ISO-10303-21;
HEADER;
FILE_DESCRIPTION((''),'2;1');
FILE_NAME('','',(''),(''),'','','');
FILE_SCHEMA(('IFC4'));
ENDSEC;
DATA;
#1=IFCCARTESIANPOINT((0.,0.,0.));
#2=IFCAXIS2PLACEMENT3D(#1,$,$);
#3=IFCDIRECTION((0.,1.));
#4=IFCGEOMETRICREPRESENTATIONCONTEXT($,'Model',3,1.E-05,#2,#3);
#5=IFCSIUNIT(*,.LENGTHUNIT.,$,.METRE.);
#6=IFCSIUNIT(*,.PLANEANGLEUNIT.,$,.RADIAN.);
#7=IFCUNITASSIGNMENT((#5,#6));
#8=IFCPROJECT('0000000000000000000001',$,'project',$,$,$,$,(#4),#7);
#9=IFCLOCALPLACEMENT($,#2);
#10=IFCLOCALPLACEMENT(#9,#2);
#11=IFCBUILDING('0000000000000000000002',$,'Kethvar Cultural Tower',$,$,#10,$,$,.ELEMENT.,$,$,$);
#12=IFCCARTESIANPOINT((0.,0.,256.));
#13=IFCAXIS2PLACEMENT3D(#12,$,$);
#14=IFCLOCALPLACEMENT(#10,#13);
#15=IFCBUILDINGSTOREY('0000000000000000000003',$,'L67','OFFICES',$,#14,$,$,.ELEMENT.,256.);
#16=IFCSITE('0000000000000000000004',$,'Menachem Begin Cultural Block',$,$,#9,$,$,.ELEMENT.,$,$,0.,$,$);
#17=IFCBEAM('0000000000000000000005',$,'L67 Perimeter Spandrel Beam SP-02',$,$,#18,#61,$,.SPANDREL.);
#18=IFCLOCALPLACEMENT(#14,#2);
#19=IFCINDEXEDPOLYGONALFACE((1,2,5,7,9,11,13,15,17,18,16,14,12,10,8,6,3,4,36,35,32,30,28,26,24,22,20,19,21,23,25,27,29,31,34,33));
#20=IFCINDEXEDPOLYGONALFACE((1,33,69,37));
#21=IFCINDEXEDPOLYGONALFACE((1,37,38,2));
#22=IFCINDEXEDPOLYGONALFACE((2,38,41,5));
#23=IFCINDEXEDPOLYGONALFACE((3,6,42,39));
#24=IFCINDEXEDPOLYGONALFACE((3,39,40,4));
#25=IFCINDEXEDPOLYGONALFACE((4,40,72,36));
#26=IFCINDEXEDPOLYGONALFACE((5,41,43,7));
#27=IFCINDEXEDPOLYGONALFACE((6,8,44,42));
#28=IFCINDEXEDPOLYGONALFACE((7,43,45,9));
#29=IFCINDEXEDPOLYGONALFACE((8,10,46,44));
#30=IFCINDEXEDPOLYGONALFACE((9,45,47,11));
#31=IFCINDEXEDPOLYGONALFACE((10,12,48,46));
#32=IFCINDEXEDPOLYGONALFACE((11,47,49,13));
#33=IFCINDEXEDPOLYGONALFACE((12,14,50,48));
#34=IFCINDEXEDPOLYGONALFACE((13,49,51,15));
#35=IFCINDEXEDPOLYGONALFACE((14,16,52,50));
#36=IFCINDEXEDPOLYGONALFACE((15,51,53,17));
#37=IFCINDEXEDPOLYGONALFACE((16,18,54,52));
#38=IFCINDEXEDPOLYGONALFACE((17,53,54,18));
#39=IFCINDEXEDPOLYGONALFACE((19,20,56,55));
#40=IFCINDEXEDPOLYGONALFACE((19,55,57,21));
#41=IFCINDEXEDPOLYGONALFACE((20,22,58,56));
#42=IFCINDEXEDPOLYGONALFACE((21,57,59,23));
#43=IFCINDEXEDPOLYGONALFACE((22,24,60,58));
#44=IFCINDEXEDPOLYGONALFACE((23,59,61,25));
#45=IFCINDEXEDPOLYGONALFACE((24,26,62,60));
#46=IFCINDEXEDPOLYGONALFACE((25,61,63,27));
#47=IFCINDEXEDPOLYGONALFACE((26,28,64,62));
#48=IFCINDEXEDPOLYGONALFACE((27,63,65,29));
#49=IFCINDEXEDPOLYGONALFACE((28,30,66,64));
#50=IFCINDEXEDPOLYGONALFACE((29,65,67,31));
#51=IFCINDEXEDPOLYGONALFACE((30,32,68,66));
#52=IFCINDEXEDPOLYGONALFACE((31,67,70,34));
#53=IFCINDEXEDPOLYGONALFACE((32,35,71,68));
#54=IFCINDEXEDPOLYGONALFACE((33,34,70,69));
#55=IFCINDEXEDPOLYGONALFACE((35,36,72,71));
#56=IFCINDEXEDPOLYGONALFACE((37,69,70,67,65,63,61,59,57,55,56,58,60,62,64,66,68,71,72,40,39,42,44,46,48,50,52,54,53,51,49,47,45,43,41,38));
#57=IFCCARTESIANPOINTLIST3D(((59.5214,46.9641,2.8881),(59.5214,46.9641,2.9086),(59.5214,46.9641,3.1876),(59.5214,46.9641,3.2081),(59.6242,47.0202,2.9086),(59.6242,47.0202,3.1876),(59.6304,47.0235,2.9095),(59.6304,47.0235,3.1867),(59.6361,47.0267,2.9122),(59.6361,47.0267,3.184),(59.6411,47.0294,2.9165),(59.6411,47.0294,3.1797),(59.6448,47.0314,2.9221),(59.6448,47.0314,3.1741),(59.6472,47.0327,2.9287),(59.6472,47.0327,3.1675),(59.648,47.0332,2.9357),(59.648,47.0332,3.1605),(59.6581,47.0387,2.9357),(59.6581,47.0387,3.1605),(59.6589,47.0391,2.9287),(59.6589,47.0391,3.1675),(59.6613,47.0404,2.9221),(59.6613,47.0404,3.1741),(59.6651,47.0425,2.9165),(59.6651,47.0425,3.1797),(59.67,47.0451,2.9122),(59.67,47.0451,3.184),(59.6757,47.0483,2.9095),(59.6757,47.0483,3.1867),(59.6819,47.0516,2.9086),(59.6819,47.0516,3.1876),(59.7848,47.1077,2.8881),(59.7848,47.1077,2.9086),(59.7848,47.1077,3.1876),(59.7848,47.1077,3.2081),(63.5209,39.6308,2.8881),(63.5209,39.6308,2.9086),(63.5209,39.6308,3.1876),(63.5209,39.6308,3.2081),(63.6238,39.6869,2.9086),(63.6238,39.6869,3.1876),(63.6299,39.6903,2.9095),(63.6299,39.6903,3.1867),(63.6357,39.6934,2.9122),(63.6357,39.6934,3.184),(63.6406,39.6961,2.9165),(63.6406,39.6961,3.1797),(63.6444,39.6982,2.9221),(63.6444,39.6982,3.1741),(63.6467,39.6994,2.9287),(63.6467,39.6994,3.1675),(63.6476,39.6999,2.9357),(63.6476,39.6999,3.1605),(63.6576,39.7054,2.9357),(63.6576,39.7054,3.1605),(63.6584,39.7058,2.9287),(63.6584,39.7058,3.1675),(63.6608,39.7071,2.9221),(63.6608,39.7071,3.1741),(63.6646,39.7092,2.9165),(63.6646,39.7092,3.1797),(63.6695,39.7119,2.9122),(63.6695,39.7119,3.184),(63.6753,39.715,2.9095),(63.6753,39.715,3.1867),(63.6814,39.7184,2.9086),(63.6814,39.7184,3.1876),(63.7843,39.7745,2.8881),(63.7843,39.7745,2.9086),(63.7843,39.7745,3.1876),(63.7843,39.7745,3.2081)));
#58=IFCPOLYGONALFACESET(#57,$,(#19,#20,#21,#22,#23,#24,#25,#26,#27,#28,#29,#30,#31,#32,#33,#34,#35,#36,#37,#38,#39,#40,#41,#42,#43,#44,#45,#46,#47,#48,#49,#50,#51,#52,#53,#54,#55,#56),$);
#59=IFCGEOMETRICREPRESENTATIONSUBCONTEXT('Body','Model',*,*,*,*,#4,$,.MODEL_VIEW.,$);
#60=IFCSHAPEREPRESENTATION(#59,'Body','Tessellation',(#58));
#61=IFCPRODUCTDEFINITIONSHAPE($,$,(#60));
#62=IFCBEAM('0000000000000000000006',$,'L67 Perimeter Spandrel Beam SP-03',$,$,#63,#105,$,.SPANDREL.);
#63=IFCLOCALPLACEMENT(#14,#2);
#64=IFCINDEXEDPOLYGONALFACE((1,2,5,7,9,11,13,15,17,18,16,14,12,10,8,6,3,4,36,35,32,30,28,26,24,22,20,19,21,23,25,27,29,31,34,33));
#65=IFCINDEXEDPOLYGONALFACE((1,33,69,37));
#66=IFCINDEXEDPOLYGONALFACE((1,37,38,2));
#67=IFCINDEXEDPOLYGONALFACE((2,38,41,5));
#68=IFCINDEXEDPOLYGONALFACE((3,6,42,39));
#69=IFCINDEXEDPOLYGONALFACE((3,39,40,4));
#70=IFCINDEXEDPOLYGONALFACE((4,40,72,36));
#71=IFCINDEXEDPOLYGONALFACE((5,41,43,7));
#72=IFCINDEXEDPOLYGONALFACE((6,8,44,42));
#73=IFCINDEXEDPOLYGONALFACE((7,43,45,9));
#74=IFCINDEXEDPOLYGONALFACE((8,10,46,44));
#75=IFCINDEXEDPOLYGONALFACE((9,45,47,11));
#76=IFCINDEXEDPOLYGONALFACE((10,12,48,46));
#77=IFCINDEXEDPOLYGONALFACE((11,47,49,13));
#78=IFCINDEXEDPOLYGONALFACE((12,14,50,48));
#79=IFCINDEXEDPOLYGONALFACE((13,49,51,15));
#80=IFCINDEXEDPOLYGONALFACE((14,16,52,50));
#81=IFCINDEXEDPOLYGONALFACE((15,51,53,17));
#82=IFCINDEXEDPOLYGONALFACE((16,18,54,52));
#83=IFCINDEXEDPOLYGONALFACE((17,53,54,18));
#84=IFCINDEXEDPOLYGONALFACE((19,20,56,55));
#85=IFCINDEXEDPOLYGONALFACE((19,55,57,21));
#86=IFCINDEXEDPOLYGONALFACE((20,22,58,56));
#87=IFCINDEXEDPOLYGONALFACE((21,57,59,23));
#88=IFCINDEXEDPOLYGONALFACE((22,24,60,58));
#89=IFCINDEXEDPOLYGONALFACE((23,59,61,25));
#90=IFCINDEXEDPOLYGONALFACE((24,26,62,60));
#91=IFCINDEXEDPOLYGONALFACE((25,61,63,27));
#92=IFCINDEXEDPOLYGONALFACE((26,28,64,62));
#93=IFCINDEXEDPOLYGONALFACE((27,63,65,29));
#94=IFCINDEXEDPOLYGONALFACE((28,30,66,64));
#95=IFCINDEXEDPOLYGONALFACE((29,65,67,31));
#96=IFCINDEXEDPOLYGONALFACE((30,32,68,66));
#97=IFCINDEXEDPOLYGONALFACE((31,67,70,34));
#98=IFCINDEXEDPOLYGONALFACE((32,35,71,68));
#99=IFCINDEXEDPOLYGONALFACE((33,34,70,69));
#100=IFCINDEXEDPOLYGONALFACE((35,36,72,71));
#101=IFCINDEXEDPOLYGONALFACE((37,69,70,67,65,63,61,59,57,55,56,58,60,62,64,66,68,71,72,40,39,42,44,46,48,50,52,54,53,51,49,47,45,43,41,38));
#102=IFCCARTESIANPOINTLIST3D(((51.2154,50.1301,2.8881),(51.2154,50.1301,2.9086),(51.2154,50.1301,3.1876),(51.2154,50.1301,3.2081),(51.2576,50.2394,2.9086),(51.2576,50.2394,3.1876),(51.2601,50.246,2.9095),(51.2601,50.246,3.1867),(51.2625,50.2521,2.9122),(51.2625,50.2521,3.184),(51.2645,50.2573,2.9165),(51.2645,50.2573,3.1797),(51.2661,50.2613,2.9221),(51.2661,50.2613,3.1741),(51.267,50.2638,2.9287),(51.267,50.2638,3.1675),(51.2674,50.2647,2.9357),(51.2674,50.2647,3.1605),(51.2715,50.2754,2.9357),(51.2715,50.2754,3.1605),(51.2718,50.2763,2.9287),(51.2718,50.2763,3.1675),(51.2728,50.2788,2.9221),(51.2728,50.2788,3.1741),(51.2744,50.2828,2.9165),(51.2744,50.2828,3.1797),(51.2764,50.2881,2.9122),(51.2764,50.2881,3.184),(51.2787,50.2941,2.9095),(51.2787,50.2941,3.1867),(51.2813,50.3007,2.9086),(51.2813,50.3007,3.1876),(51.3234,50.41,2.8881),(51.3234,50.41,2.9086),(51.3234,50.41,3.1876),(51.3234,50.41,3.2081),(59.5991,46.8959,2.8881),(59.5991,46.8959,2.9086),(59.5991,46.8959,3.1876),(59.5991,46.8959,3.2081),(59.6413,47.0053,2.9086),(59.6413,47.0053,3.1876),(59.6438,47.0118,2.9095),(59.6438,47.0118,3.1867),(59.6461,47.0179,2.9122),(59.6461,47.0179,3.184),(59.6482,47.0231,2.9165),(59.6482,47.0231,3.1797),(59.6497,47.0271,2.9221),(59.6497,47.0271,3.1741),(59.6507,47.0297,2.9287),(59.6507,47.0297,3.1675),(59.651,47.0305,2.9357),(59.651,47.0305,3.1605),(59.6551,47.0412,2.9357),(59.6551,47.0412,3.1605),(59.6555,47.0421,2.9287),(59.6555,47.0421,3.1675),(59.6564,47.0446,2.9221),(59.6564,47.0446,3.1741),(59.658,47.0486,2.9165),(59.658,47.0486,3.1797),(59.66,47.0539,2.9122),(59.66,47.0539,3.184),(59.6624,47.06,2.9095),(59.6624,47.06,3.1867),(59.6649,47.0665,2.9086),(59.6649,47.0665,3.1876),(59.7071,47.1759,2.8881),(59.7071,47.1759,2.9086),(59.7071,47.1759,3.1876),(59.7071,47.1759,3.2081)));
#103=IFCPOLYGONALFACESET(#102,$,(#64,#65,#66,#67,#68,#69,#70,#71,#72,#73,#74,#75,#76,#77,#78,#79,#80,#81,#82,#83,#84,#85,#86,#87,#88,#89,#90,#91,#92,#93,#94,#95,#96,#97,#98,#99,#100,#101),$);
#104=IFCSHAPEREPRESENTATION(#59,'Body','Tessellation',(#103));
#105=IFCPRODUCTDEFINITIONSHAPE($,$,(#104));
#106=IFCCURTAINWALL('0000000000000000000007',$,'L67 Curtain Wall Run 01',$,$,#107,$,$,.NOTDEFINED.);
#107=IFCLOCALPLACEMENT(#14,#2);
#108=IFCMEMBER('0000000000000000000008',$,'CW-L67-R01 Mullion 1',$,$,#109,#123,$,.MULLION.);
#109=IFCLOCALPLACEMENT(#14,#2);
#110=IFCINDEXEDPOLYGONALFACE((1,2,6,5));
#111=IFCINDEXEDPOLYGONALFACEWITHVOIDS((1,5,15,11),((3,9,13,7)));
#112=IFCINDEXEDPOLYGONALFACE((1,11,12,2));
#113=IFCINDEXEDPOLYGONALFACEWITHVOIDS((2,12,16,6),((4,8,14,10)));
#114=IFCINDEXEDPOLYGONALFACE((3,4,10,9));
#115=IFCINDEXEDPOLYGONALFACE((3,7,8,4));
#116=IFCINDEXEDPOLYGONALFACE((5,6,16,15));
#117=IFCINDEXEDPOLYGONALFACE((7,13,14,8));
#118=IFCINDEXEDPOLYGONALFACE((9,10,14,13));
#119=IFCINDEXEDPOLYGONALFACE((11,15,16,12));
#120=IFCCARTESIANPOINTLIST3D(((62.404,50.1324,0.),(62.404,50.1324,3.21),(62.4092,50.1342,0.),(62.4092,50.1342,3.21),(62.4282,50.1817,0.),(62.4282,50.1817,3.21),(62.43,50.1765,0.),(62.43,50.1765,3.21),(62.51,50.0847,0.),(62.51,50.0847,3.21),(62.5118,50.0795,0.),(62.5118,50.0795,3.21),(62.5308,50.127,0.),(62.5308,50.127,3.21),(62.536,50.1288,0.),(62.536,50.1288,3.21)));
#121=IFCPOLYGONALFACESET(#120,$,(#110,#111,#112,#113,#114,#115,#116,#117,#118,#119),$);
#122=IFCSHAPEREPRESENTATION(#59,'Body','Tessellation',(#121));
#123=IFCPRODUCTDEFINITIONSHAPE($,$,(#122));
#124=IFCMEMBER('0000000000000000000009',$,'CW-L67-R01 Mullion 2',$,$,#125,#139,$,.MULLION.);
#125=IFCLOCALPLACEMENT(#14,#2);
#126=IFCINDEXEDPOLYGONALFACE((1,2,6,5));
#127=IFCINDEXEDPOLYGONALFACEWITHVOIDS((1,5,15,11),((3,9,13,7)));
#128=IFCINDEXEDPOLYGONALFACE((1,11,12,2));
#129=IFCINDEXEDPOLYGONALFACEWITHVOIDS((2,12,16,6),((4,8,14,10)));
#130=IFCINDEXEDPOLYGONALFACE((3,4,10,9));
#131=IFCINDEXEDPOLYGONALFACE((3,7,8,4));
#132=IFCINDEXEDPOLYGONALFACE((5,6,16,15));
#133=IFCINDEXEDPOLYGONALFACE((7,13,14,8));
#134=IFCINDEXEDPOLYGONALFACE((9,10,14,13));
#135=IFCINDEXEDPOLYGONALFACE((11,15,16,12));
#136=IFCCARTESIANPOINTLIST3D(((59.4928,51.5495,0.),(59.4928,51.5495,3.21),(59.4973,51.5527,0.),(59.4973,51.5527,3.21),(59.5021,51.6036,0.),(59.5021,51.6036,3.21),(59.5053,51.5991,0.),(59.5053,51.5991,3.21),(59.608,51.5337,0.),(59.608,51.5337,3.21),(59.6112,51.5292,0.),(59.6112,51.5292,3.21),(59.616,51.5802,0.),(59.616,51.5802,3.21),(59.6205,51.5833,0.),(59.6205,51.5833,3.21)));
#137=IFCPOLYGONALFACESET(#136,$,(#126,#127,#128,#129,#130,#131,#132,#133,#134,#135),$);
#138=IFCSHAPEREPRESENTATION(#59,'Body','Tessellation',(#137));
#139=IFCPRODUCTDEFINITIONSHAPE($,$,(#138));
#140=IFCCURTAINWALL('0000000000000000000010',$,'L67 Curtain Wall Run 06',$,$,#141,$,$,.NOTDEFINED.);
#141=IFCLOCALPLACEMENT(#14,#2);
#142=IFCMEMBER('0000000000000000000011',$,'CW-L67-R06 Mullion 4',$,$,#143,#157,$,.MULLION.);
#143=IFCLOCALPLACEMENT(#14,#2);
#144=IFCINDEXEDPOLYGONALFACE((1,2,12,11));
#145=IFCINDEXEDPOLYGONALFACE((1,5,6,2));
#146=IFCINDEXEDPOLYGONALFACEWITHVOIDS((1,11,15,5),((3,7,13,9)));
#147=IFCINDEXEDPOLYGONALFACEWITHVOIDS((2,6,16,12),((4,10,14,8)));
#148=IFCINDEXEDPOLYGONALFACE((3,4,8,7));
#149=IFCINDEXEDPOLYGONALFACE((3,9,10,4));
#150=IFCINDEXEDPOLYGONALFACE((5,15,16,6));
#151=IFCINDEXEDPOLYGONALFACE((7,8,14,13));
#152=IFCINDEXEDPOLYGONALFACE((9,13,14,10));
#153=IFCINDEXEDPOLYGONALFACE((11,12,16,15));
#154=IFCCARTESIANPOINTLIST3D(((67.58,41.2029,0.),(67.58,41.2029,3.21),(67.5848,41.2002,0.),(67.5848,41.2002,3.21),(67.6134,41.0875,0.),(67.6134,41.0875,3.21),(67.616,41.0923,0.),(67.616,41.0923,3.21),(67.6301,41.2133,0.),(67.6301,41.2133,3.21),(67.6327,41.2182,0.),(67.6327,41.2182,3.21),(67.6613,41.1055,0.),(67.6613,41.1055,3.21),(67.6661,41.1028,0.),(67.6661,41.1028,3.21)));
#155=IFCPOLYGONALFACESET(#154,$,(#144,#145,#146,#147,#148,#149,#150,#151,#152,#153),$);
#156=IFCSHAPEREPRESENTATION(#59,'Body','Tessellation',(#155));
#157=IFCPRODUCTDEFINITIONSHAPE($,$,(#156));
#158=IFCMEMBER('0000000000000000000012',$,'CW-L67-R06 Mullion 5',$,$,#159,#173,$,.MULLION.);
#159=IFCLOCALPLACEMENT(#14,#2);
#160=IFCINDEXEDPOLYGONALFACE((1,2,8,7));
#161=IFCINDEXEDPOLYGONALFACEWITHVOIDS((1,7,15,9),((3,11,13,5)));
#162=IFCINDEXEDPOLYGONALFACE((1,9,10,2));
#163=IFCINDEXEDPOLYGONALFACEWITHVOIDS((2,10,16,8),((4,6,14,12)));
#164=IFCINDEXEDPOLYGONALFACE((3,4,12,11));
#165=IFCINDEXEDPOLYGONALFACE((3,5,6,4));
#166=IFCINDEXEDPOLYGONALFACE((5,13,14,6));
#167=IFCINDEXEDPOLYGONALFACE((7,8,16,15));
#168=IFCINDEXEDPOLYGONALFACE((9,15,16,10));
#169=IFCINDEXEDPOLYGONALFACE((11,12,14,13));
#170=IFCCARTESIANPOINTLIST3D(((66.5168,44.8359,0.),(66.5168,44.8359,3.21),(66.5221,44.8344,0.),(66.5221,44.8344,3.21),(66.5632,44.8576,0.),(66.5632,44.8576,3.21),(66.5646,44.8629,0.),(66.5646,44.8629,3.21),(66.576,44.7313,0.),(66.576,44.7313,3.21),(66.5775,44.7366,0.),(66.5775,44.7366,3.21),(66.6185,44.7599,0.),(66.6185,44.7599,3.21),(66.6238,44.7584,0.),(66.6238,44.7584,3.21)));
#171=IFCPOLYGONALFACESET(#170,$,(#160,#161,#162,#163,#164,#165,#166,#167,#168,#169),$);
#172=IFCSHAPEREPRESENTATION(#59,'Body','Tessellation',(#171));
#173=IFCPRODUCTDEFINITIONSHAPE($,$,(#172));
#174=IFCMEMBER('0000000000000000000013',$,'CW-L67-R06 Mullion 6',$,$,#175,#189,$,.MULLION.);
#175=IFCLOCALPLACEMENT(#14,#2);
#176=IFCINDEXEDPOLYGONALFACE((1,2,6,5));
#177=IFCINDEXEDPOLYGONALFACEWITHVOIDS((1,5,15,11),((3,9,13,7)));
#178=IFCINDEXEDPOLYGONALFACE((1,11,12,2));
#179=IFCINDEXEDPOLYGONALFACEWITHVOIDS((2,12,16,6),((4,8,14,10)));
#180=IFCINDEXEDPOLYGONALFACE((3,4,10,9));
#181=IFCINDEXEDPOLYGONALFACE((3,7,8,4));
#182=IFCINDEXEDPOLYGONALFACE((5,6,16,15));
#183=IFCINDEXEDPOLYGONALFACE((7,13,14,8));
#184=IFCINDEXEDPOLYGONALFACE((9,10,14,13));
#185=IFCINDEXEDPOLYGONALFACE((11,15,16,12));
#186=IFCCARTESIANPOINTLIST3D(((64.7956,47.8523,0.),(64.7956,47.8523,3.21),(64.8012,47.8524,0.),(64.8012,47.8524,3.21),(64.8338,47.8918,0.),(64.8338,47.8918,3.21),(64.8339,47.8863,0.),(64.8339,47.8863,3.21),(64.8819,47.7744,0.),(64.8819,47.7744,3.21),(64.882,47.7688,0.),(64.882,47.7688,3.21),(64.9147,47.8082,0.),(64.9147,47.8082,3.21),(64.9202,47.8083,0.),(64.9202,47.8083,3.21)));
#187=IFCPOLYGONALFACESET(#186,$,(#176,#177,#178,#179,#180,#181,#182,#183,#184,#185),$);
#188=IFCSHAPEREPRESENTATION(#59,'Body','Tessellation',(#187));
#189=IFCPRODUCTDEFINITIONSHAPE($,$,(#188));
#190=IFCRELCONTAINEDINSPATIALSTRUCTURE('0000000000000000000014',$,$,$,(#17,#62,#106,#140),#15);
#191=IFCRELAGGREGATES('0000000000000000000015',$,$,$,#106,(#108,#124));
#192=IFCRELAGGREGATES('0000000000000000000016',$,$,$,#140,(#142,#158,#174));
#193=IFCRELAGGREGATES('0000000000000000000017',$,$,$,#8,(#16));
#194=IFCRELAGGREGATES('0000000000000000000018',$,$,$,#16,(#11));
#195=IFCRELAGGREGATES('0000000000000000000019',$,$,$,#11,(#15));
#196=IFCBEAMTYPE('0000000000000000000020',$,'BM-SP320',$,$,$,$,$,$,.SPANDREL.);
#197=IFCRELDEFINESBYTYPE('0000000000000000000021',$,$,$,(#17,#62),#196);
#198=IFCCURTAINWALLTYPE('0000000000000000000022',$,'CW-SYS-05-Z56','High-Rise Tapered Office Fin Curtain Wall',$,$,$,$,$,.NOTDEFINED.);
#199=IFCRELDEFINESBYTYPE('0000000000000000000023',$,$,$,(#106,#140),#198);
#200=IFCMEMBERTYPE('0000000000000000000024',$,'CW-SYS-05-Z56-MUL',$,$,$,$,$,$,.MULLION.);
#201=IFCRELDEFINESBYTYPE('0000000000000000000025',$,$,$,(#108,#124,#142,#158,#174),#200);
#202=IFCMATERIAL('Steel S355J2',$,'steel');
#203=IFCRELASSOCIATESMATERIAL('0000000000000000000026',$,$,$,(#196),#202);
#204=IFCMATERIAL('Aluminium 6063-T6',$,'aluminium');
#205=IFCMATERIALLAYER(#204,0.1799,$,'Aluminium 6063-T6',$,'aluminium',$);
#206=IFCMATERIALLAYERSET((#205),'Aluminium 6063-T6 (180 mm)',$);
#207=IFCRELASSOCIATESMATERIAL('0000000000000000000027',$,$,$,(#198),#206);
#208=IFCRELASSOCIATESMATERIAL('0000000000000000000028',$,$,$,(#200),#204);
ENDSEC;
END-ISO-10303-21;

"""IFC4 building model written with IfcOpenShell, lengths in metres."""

from ifc_helpers import new_model, si_unit, direction, frame, origin, origin_2d, place, context, subcontext, project, spatial, hollow_rectangle, i_section, extrude, source, transform, mapped, material, layer, layer_set, material_profile, profile_set, type_object, element, aggregate, save


model = new_model("IFC4")

# Units and contexts
model_context = context("Model", 3, precision=1e-05, world=origin(), true_north=direction((0.0, 1.0)))
body_context = subcontext(model_context, "Body", "Model", "MODEL_VIEW")
ifc_project = project(units=[si_unit("LENGTHUNIT", "METRE"), si_unit("PLANEANGLEUNIT", "RADIAN")], contexts=[model_context])

# Site, building, storey
site_placement = place(None, origin())
site = spatial("IfcSite", under=ifc_project, at=site_placement, Name="Menachem Begin Cultural Block", CompositionType="ELEMENT", RefElevation=0.0)
building_placement = place(site_placement, origin())
building = spatial("IfcBuilding", under=site, at=building_placement, Name="Kethvar Cultural Tower", CompositionType="ELEMENT")
storey_placement = place(building_placement, frame((0.0, 0.0, 256.0)))
storey = spatial("IfcBuildingStorey", under=building, at=storey_placement, Name="L67", Description="OFFICES", CompositionType="ELEMENT", Elevation=256.0)

# Beams
ifc_material_1 = material(Name="Steel S355J2", Category="steel")
ifc_material_profile_1 = material_profile(ifc_material_1, i_section(OverallWidth=0.3, OverallDepth=0.3201, WebThickness=0.0115, FlangeThickness=0.0205, FilletRadius=0.0271, at=origin_2d()), Name="Steel S355J2 — HEB320")
ifc_profile_set_1 = profile_set([ifc_material_profile_1], Name="Steel S355J2 — HEB320")
beam_type = type_object("IfcBeamType", Name="BM-SP320", PredefinedType="SPANDREL", material=ifc_profile_set_1)
shared_shape_1 = source(origin(), body_context, "Body", "SweptSolid", [
    extrude(i_section(OverallWidth=0.3, OverallDepth=0.3201, WebThickness=0.0115, FlangeThickness=0.0205, FilletRadius=0.0271, at=origin_2d()), origin(), (0.0, 0.0, 1.0), 8.353),
])
beam_1_placement = place(storey_placement, frame((63.6526, 39.7026, 3.0481), z_axis=(-0.478811, 0.877918, 0.0), x_axis=(-0.877918, -0.478811, 0.0)))
element("IfcBeam", 1, at=beam_1_placement, inside=storey, type_object=beam_type, Name="L67 Perimeter Spandrel Beam SP-02", PredefinedType="SPANDREL", context=body_context, shape_type="MappedRepresentation", body=[
    mapped(shared_shape_1, transform((0.0, 0.0, 0.0), scale=1.0)),
])
shared_shape_2 = source(origin(), body_context, "Body", "SweptSolid", [
    extrude(i_section(OverallWidth=0.3, OverallDepth=0.3201, WebThickness=0.0115, FlangeThickness=0.0205, FilletRadius=0.0271, at=origin_2d()), origin(), (0.0, 0.0, 1.0), 8.9858),
])
beam_2_placement = place(storey_placement, frame((59.6531, 47.0359, 3.0481), z_axis=(-0.932984, 0.359918, 0.0), x_axis=(-0.359918, -0.932984, 0.0)))
element("IfcBeam", 2, at=beam_2_placement, inside=storey, type_object=beam_type, Name="L67 Perimeter Spandrel Beam SP-03", PredefinedType="SPANDREL", context=body_context, shape_type="MappedRepresentation", body=[
    mapped(shared_shape_2, transform((0.0, 0.0, 0.0), scale=1.0)),
])

# Curtain walls, members
ifc_material_2 = material(Name="Aluminium 6063-T6", Category="aluminium")
ifc_layer_1 = layer(ifc_material_2, 0.1799, Name="Aluminium 6063-T6", Category="aluminium")
ifc_layer_set_1 = layer_set([ifc_layer_1], Name="Aluminium 6063-T6 (180 mm)")
curtain_wall_type = type_object("IfcCurtainWallType", Name="CW-SYS-05-Z56", Description="High-Rise Tapered Office Fin Curtain Wall", PredefinedType="NOTDEFINED", material=ifc_layer_set_1)
curtain_wall_1_placement = place(storey_placement, origin())
curtain_wall_1 = element("IfcCurtainWall", 3, at=curtain_wall_1_placement, inside=storey, type_object=curtain_wall_type, Name="L67 Curtain Wall Run 01", PredefinedType="NOTDEFINED")
ifc_material_profile_2 = material_profile(ifc_material_2, hollow_rectangle(XDim=0.0549, YDim=0.1201, WallThickness=0.0039, at=origin_2d()), Name="Aluminium 6063-T6 — RHS120x55x4")
ifc_profile_set_2 = profile_set([ifc_material_profile_2], Name="Aluminium 6063-T6 — RHS120x55x4")
member_type_1 = type_object("IfcMemberType", Name="CW-SYS-05-Z56-MUL", PredefinedType="MULLION", material=ifc_profile_set_2)
shared_shape_3 = source(origin(), body_context, "Body", "SweptSolid", [
    extrude(hollow_rectangle(XDim=0.0549, YDim=0.1201, WallThickness=0.0039, at=origin_2d()), origin(), (0.0, 0.0, 1.0), 3.21),
])
member_1_placement = place(storey_placement, frame((62.47, 50.1306, 0.0), z_axis=(0.0, 0.0, 1.0), x_axis=(-0.440942, -0.897536, 0.0)))
member_1 = element("IfcMember", 4, at=member_1_placement, type_object=member_type_1, Name="CW-L67-R01 Mullion 1", PredefinedType="MULLION", context=body_context, shape_type="MappedRepresentation", body=[
    mapped(shared_shape_3, transform((0.0, 0.0, 0.0), scale=1.0)),
])
member_2_placement = place(storey_placement, frame((59.5566, 51.5664, 0.0), z_axis=(0.0, 0.0, 1.0), x_axis=(-0.168765, -0.985656, 0.0)))
member_2 = element("IfcMember", 5, at=member_2_placement, type_object=member_type_1, Name="CW-L67-R01 Mullion 2", PredefinedType="MULLION", context=body_context, shape_type="MappedRepresentation", body=[
    mapped(shared_shape_3, transform((0.0, 0.0, 0.0), scale=1.0)),
])
curtain_wall_2_placement = place(storey_placement, origin())
curtain_wall_2 = element("IfcCurtainWall", 6, at=curtain_wall_2_placement, inside=storey, type_object=curtain_wall_type, Name="L67 Curtain Wall Run 06", PredefinedType="NOTDEFINED")
member_3_placement = place(storey_placement, frame((67.623, 41.1528, 0.0), z_axis=(0.0, 0.0, 1.0), x_axis=(-0.960503, -0.27827, 0.0)))
member_3 = element("IfcMember", 7, at=member_3_placement, type_object=member_type_1, Name="CW-L67-R06 Mullion 4", PredefinedType="MULLION", context=body_context, shape_type="MappedRepresentation", body=[
    mapped(shared_shape_3, transform((0.0, 0.0, 0.0), scale=1.0)),
])
member_4_placement = place(storey_placement, frame((66.5703, 44.7971, 0.0), z_axis=(0.0, 0.0, 1.0), x_axis=(-0.870235, -0.492636, 0.0)))
member_4 = element("IfcMember", 8, at=member_4_placement, type_object=member_type_1, Name="CW-L67-R06 Mullion 5", PredefinedType="MULLION", context=body_context, shape_type="MappedRepresentation", body=[
    mapped(shared_shape_3, transform((0.0, 0.0, 0.0), scale=1.0)),
])
member_5_placement = place(storey_placement, frame((64.8579, 47.8303, 0.0), z_axis=(0.0, 0.0, 1.0), x_axis=(-0.69511, -0.718903, 0.0)))
member_5 = element("IfcMember", 9, at=member_5_placement, type_object=member_type_1, Name="CW-L67-R06 Mullion 6", PredefinedType="MULLION", context=body_context, shape_type="MappedRepresentation", body=[
    mapped(shared_shape_3, transform((0.0, 0.0, 0.0), scale=1.0)),
])

aggregate(curtain_wall_1, [member_1, member_2])
aggregate(curtain_wall_2, [member_3, member_4, member_5])

save(model, "model.ifc")
